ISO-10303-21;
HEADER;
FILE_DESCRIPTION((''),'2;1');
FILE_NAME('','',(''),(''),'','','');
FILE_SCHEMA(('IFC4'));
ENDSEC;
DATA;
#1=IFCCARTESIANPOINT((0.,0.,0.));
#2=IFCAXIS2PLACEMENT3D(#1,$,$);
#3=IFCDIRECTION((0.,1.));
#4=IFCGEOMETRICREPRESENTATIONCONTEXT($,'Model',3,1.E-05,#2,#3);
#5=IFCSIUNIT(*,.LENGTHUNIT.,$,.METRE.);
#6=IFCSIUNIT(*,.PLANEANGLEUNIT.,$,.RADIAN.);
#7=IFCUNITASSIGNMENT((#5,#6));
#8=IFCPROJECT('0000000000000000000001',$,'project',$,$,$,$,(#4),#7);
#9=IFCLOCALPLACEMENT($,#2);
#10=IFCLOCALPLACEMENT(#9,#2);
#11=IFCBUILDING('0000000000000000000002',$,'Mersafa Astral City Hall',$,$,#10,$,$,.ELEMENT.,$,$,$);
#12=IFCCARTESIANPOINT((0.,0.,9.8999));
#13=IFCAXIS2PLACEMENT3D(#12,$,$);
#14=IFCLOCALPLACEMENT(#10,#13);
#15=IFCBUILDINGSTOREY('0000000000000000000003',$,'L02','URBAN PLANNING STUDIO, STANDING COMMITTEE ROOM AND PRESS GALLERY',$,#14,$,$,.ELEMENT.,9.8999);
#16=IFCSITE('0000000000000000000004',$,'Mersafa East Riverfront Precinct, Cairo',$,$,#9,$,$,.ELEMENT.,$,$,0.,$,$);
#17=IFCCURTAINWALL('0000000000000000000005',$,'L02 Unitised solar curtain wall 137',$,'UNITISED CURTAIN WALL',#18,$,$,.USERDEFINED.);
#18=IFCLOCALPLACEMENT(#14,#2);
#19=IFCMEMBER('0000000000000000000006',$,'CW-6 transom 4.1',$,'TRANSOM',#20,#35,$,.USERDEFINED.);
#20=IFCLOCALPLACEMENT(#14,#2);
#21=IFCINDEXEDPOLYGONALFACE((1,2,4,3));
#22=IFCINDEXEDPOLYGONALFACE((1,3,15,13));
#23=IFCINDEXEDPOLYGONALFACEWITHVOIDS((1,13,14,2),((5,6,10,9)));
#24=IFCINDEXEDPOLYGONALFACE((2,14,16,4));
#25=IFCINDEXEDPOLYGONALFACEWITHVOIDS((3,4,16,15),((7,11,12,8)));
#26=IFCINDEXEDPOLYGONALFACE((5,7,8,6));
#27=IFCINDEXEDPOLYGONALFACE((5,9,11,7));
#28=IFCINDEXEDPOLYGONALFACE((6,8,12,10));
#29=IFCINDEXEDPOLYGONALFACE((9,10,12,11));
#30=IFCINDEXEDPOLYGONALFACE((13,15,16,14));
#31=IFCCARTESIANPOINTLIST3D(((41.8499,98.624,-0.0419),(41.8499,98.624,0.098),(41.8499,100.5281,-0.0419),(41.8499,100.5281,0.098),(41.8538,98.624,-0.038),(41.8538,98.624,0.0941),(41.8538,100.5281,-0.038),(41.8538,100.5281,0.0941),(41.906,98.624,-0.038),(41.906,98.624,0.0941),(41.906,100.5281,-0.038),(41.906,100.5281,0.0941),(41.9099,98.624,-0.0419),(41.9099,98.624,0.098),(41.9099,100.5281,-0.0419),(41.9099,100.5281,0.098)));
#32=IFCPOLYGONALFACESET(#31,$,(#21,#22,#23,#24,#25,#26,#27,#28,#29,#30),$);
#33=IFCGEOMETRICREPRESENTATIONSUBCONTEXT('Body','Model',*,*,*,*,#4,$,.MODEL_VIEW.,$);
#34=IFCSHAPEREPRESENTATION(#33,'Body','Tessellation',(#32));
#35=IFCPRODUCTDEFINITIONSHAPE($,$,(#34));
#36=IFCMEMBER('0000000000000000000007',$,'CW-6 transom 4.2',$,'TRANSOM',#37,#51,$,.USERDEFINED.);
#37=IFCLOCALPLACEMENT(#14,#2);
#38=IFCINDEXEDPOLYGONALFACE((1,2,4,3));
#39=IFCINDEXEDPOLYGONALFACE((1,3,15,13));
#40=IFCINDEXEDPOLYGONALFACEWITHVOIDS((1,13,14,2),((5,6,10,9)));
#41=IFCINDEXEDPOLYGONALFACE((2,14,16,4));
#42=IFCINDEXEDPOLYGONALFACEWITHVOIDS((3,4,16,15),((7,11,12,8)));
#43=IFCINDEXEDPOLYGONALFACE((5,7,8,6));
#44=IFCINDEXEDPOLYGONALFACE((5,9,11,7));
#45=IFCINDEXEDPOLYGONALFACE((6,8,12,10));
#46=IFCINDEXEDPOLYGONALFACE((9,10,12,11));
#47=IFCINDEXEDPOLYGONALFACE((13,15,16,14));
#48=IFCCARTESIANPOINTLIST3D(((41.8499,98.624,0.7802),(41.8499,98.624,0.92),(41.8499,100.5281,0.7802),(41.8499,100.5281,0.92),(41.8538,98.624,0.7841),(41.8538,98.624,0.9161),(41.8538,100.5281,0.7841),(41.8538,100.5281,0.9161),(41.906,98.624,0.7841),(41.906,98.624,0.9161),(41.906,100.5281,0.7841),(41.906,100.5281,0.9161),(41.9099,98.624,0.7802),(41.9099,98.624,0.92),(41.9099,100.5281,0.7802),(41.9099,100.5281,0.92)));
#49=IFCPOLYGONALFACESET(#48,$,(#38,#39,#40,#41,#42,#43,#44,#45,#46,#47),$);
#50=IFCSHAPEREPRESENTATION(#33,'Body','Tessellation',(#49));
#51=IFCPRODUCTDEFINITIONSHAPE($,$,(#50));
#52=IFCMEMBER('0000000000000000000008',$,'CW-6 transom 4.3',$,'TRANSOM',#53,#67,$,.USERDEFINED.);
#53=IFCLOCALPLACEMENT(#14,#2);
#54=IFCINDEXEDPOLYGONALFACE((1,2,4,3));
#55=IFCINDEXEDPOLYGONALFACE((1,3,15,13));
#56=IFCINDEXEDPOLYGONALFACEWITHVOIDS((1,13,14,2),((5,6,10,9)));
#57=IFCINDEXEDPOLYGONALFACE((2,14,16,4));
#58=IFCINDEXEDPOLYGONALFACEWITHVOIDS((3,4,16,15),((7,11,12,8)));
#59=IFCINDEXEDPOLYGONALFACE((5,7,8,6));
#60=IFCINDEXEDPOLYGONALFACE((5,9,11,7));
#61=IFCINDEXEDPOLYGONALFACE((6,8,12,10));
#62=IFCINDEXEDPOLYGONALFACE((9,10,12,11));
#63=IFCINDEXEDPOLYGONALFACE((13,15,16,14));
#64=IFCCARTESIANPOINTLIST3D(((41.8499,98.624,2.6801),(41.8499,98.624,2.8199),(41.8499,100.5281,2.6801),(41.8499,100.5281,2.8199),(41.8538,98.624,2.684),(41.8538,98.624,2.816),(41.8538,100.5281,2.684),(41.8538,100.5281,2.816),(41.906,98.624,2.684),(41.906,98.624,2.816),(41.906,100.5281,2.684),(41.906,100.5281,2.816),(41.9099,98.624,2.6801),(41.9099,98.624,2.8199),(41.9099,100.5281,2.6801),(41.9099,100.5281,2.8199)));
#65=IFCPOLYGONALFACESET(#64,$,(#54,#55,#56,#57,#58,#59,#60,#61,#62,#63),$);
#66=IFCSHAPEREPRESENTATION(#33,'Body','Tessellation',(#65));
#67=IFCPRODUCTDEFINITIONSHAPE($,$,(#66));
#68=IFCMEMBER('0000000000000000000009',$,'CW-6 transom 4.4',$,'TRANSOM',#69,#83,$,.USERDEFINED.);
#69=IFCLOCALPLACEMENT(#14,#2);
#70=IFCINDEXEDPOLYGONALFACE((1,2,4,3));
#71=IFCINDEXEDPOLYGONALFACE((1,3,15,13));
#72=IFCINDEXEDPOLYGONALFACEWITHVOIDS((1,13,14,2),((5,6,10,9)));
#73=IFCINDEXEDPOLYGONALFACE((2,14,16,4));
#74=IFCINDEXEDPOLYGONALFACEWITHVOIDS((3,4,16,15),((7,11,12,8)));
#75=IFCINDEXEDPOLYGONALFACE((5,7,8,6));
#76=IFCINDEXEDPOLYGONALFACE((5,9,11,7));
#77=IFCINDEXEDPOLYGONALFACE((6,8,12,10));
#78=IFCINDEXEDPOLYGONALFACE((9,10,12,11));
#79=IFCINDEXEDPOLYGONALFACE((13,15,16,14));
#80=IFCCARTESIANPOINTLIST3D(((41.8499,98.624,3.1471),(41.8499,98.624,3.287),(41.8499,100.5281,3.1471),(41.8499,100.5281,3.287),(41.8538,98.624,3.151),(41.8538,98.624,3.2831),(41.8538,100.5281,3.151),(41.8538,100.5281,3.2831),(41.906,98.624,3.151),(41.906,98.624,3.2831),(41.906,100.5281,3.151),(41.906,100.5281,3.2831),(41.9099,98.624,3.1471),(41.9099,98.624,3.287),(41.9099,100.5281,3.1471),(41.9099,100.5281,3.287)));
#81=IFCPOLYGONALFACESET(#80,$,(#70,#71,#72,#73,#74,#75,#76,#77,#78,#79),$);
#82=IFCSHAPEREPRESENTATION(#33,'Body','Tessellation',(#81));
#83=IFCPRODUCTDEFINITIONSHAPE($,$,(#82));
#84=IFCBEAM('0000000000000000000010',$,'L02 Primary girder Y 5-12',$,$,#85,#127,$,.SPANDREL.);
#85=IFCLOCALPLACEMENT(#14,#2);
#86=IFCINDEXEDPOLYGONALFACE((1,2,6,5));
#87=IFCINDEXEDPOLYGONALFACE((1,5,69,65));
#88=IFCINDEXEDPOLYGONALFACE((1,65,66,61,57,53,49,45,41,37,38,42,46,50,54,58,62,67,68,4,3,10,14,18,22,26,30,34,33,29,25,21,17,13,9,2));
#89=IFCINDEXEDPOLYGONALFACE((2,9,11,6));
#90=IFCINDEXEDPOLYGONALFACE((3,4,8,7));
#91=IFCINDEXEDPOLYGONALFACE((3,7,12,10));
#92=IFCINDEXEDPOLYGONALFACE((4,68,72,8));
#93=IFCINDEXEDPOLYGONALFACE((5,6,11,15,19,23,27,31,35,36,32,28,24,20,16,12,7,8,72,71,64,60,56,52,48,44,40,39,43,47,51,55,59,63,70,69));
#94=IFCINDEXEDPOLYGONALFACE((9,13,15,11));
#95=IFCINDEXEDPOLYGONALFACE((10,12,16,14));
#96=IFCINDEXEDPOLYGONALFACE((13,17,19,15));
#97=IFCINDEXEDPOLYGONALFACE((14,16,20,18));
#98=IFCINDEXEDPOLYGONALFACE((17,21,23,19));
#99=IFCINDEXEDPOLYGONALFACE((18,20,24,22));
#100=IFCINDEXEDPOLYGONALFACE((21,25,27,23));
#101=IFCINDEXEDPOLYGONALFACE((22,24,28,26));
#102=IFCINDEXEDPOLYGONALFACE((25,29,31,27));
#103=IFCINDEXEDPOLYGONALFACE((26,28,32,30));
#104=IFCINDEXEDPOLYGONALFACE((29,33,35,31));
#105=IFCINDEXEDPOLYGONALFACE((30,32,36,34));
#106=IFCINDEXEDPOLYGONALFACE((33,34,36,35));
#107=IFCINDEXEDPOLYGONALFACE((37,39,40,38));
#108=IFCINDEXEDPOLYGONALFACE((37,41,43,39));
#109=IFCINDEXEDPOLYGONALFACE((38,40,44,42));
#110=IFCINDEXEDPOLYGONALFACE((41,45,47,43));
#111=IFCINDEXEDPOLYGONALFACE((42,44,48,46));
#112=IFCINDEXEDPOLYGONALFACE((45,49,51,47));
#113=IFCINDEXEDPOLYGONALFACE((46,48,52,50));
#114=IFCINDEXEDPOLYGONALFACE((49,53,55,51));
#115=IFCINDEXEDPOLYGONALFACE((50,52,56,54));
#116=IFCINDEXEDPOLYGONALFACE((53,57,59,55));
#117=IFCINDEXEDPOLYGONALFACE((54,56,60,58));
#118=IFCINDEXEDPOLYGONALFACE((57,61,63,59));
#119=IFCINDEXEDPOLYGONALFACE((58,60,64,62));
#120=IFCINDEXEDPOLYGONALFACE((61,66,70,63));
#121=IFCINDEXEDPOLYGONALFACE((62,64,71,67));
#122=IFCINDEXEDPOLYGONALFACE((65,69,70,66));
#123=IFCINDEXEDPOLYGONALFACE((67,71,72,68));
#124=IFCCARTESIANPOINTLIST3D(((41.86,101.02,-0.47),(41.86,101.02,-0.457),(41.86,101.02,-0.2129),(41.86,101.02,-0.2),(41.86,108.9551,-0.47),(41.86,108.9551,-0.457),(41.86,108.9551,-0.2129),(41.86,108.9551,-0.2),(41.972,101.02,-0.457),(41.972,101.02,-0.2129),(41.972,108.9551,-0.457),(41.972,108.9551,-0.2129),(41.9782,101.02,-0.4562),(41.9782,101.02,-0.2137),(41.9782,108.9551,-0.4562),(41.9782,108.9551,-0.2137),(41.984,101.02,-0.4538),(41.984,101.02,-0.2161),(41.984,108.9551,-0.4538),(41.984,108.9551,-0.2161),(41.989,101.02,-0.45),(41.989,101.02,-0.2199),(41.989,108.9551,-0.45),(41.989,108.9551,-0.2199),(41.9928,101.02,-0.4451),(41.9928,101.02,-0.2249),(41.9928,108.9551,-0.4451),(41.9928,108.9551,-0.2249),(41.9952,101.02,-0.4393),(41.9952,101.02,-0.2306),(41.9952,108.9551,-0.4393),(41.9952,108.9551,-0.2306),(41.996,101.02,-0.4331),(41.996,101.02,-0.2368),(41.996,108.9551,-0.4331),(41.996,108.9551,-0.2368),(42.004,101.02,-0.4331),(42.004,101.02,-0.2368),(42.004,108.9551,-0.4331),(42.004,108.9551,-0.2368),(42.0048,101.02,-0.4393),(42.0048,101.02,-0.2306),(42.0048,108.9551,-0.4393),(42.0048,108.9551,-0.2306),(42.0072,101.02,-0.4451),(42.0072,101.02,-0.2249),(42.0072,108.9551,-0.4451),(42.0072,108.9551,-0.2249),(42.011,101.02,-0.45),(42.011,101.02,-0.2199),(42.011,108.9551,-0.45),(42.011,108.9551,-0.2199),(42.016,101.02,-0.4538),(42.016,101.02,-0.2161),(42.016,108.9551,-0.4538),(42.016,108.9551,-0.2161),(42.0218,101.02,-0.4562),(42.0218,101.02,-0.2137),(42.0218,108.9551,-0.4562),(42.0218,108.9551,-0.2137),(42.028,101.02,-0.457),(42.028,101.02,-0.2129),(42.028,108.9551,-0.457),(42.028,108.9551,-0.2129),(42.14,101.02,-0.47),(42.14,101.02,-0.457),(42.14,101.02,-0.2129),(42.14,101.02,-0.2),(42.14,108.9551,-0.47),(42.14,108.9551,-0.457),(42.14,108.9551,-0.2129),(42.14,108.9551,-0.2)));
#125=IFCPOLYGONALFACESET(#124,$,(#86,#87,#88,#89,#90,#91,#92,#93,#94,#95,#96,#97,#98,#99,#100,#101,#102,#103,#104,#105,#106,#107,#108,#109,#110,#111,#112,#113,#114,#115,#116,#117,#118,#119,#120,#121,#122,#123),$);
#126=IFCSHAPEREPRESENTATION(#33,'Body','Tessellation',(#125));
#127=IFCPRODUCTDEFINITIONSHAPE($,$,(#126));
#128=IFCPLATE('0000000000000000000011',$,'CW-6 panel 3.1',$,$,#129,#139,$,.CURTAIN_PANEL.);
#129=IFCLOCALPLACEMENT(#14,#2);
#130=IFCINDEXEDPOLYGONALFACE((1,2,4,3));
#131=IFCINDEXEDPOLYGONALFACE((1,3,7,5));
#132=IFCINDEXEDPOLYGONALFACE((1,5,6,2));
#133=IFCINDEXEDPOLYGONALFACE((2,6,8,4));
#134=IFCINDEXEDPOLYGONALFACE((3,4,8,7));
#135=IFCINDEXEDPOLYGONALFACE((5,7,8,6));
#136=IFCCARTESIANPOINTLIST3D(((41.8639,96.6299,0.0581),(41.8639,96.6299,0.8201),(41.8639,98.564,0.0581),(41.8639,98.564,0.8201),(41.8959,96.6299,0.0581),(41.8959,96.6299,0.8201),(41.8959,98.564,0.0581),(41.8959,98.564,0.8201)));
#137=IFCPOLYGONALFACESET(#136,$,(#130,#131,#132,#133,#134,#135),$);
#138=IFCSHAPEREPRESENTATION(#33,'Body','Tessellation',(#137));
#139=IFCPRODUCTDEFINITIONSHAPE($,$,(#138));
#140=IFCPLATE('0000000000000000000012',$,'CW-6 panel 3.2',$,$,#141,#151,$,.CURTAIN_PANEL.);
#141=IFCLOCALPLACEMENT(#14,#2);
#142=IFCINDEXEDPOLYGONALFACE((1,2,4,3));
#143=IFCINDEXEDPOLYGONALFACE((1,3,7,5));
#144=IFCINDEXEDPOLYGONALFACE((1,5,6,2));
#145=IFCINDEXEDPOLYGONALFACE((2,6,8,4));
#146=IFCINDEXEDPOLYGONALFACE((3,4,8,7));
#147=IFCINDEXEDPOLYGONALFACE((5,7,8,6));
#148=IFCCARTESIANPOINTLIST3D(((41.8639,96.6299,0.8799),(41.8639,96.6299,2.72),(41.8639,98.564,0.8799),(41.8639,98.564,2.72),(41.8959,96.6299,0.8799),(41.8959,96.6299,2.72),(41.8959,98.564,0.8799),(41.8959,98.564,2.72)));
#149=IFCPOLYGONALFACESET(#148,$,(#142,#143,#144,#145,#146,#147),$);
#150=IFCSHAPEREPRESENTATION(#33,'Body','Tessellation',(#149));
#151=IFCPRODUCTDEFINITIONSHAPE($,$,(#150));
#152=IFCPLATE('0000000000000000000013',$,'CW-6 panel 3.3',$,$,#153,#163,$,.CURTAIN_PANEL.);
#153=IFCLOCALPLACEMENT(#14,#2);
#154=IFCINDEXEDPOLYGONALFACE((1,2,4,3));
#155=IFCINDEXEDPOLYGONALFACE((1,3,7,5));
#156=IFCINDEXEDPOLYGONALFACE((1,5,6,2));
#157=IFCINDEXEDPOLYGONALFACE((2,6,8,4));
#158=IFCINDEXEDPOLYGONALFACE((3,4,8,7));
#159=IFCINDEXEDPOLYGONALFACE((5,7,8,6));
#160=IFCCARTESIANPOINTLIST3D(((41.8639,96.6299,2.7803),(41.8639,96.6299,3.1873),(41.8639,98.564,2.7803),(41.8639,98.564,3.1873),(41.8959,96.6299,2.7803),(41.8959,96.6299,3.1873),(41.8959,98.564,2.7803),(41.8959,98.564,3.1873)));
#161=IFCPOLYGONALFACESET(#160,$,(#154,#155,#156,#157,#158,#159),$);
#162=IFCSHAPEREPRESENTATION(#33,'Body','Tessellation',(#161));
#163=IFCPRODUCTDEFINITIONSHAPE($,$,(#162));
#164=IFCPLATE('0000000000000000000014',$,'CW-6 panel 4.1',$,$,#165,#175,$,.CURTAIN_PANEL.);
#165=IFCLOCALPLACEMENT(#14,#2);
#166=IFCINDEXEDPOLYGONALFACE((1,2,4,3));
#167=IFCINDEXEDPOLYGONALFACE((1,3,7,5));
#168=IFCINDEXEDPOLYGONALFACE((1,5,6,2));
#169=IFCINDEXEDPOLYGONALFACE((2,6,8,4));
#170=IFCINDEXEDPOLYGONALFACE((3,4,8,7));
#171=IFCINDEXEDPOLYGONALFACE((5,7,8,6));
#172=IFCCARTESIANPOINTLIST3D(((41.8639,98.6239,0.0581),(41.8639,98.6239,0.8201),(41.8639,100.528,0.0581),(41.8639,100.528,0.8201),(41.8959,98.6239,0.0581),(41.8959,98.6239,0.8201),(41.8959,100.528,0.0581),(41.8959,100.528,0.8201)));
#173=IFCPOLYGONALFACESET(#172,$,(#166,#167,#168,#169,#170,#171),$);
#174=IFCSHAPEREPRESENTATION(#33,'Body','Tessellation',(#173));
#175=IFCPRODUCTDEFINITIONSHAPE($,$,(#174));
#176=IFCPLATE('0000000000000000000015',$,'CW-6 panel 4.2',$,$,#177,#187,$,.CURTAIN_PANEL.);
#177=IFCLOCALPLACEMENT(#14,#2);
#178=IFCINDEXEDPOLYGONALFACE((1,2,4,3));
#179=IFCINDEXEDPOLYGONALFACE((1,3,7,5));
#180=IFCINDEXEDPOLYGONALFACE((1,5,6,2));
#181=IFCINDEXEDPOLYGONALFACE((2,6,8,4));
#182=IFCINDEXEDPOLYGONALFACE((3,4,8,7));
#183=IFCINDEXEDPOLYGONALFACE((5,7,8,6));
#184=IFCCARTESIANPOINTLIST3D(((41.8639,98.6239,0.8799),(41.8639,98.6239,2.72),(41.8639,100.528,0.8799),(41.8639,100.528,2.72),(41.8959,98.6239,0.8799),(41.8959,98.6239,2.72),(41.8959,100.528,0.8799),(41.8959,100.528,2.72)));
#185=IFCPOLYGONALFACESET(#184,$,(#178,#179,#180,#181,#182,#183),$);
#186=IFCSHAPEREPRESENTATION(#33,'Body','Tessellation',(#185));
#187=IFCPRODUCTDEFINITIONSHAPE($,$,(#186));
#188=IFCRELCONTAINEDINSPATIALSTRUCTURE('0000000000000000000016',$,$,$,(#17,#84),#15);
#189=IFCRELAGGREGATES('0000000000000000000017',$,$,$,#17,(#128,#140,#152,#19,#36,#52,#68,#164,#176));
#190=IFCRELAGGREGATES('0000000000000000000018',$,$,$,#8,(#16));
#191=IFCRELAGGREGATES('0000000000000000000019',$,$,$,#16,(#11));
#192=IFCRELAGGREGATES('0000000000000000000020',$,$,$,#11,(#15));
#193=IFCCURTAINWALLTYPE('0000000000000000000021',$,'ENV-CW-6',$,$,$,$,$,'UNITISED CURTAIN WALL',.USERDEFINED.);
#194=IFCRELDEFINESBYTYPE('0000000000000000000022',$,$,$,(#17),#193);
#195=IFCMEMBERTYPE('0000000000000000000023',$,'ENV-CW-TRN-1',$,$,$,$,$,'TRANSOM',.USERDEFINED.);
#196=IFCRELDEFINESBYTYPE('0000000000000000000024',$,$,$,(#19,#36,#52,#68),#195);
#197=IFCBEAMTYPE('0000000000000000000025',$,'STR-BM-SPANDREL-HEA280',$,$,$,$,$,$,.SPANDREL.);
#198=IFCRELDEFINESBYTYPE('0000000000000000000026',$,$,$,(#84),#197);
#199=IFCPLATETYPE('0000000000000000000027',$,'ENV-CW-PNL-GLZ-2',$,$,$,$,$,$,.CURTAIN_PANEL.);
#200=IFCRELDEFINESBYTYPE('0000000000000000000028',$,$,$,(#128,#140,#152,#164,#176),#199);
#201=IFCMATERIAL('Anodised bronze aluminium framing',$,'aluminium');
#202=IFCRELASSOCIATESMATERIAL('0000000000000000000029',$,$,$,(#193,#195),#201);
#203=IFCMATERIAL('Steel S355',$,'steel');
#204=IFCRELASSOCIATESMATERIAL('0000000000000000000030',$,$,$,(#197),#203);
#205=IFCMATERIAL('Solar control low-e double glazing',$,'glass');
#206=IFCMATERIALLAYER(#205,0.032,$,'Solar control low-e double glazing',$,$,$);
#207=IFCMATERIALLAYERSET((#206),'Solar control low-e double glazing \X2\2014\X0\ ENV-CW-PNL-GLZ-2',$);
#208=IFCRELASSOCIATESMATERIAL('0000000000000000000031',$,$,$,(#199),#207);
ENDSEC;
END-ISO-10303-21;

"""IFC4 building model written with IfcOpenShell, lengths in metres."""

from ifc_helpers import new_model, si_unit, direction, frame, origin, origin_2d, place, context, subcontext, project, spatial, rectangle, hollow_rectangle, i_section, extrude, material, layer, layer_set, material_profile, profile_set, type_object, element, aggregate, save


model = new_model("IFC4")

# Units and contexts
model_context = context("Model", 3, precision=1e-05, world=origin(), true_north=direction((0.0, 1.0)))
body_context = subcontext(model_context, "Body", "Model", "MODEL_VIEW")
ifc_project = project(units=[si_unit("LENGTHUNIT", "METRE"), si_unit("PLANEANGLEUNIT", "RADIAN")], contexts=[model_context])

# Site, building, storey
site_placement = place(None, origin())
site = spatial("IfcSite", under=ifc_project, at=site_placement, Name="Mersafa East Riverfront Precinct, Cairo", CompositionType="ELEMENT", RefElevation=0.0)
building_placement = place(site_placement, origin())
building = spatial("IfcBuilding", under=site, at=building_placement, Name="Mersafa Astral City Hall", CompositionType="ELEMENT")
storey_placement = place(building_placement, frame((0.0, 0.0, 9.8999)))
storey = spatial("IfcBuildingStorey", under=building, at=storey_placement, Name="L02", Description="URBAN PLANNING STUDIO, STANDING COMMITTEE ROOM AND PRESS GALLERY", CompositionType="ELEMENT", Elevation=9.8999)

# Shared definitions
ifc_material_1 = material(Name="Steel S355", Category="steel")

# Curtain wall, members
ifc_material_2 = material(Name="Anodised bronze aluminium framing", Category="aluminium")
curtain_wall_type = type_object("IfcCurtainWallType", Name="ENV-CW-6", ElementType="UNITISED CURTAIN WALL", PredefinedType="USERDEFINED", material=ifc_material_2)
curtain_wall_placement = place(storey_placement, origin())
curtain_wall = element("IfcCurtainWall", 1, at=curtain_wall_placement, inside=storey, type_object=curtain_wall_type, Name="L02 Unitised solar curtain wall 137", ObjectType="UNITISED CURTAIN WALL", PredefinedType="USERDEFINED")
ifc_material_profile_1 = material_profile(ifc_material_2, hollow_rectangle(XDim=0.0601, YDim=0.1399, WallThickness=0.0039, at=origin_2d()), Name="RHS 60x140x4")
ifc_profile_set_1 = profile_set([ifc_material_profile_1], Name="Anodised bronze aluminium framing")
member_type_1 = type_object("IfcMemberType", Name="ENV-CW-TRN-1", ElementType="TRANSOM", PredefinedType="USERDEFINED", material=ifc_profile_set_1)
member_1_placement = place(storey_placement, frame((41.8799, 98.624, 0.0281), z_axis=(0.0, 1.0, 0.0), x_axis=(-1.0, 0.0, 0.0)))
member_1 = element("IfcMember", 2, at=member_1_placement, type_object=member_type_1, Name="CW-6 transom 4.1", ObjectType="TRANSOM", PredefinedType="USERDEFINED", context=body_context, shape_type="SweptSolid", body=[
    extrude(hollow_rectangle(XDim=0.0601, YDim=0.1399, WallThickness=0.0039, at=origin_2d()), origin(), (0.0, 0.0, 1.0), 1.9041),
])
member_2_placement = place(storey_placement, frame((41.8799, 98.624, 0.8501), z_axis=(0.0, 1.0, 0.0), x_axis=(-1.0, 0.0, 0.0)))
member_2 = element("IfcMember", 3, at=member_2_placement, type_object=member_type_1, Name="CW-6 transom 4.2", ObjectType="TRANSOM", PredefinedType="USERDEFINED", context=body_context, shape_type="SweptSolid", body=[
    extrude(hollow_rectangle(XDim=0.0601, YDim=0.1399, WallThickness=0.0039, at=origin_2d()), origin(), (0.0, 0.0, 1.0), 1.9041),
])
member_3_placement = place(storey_placement, frame((41.8799, 98.624, 2.75), z_axis=(0.0, 1.0, 0.0), x_axis=(-1.0, 0.0, 0.0)))
member_3 = element("IfcMember", 4, at=member_3_placement, type_object=member_type_1, Name="CW-6 transom 4.3", ObjectType="TRANSOM", PredefinedType="USERDEFINED", context=body_context, shape_type="SweptSolid", body=[
    extrude(hollow_rectangle(XDim=0.0601, YDim=0.1399, WallThickness=0.0039, at=origin_2d()), origin(), (0.0, 0.0, 1.0), 1.9041),
])
member_4_placement = place(storey_placement, frame((41.8799, 98.624, 3.217), z_axis=(0.0, 1.0, 0.0), x_axis=(-1.0, 0.0, 0.0)))
member_4 = element("IfcMember", 5, at=member_4_placement, type_object=member_type_1, Name="CW-6 transom 4.4", ObjectType="TRANSOM", PredefinedType="USERDEFINED", context=body_context, shape_type="SweptSolid", body=[
    extrude(hollow_rectangle(XDim=0.0601, YDim=0.1399, WallThickness=0.0039, at=origin_2d()), origin(), (0.0, 0.0, 1.0), 1.9041),
])

# Beam
ifc_material_profile_2 = material_profile(ifc_material_1, i_section(OverallWidth=0.28, OverallDepth=0.27, WebThickness=0.0081, FlangeThickness=0.0129, FilletRadius=0.0239, at=origin_2d()), Name="HEA 280")
ifc_profile_set_2 = profile_set([ifc_material_profile_2], Name="Steel S355")
beam_type = type_object("IfcBeamType", Name="STR-BM-SPANDREL-HEA280", PredefinedType="SPANDREL", material=ifc_profile_set_2)
beam_placement = place(storey_placement, frame((42.0, 101.02, -0.335), z_axis=(0.0, 1.0, 0.0), x_axis=(-1.0, 0.0, 0.0)))
element("IfcBeam", 6, at=beam_placement, inside=storey, type_object=beam_type, Name="L02 Primary girder Y 5-12", PredefinedType="SPANDREL", context=body_context, shape_type="SweptSolid", body=[
    extrude(i_section(OverallWidth=0.28, OverallDepth=0.27, WebThickness=0.0081, FlangeThickness=0.0129, FilletRadius=0.0239, at=origin_2d()), origin(), (0.0, 0.0, 1.0), 7.9351),
])

# Plates
ifc_material_3 = material(Name="Solar control low-e double glazing", Category="glass")
ifc_layer_1 = layer(ifc_material_3, 0.032, Name="Solar control low-e double glazing")
ifc_layer_set_1 = layer_set([ifc_layer_1], Name="Solar control low-e double glazing — ENV-CW-PNL-GLZ-2")
plate_type = type_object("IfcPlateType", Name="ENV-CW-PNL-GLZ-2", PredefinedType="CURTAIN_PANEL", material=ifc_layer_set_1)
plate_1_placement = place(storey_placement, frame((41.8799, 97.5969, 0.0581), z_axis=(0.0, 0.0, 1.0), x_axis=(0.0, 1.0, 0.0)))
plate_1 = element("IfcPlate", 7, at=plate_1_placement, type_object=plate_type, Name="CW-6 panel 3.1", PredefinedType="CURTAIN_PANEL", context=body_context, shape_type="SweptSolid", body=[
    extrude(rectangle(XDim=1.9341, YDim=0.032, at=origin_2d()), origin(), (0.0, 0.0, 1.0), 0.762),
])
plate_2_placement = place(storey_placement, frame((41.8799, 97.5969, 0.8799), z_axis=(0.0, 0.0, 1.0), x_axis=(0.0, 1.0, 0.0)))
plate_2 = element("IfcPlate", 8, at=plate_2_placement, type_object=plate_type, Name="CW-6 panel 3.2", PredefinedType="CURTAIN_PANEL", context=body_context, shape_type="SweptSolid", body=[
    extrude(rectangle(XDim=1.9341, YDim=0.032, at=origin_2d()), origin(), (0.0, 0.0, 1.0), 1.8401),
])
plate_3_placement = place(storey_placement, frame((41.8799, 97.5969, 2.7803), z_axis=(0.0, 0.0, 1.0), x_axis=(0.0, 1.0, 0.0)))
plate_3 = element("IfcPlate", 9, at=plate_3_placement, type_object=plate_type, Name="CW-6 panel 3.3", PredefinedType="CURTAIN_PANEL", context=body_context, shape_type="SweptSolid", body=[
    extrude(rectangle(XDim=1.9341, YDim=0.032, at=origin_2d()), origin(), (0.0, 0.0, 1.0), 0.407),
])
plate_4_placement = place(storey_placement, frame((41.8799, 99.5759, 0.0581), z_axis=(0.0, 0.0, 1.0), x_axis=(0.0, 1.0, 0.0)))
plate_4 = element("IfcPlate", 10, at=plate_4_placement, type_object=plate_type, Name="CW-6 panel 4.1", PredefinedType="CURTAIN_PANEL", context=body_context, shape_type="SweptSolid", body=[
    extrude(rectangle(XDim=1.9041, YDim=0.032, at=origin_2d()), origin(), (0.0, 0.0, 1.0), 0.762),
])
plate_5_placement = place(storey_placement, frame((41.8799, 99.5759, 0.8799), z_axis=(0.0, 0.0, 1.0), x_axis=(0.0, 1.0, 0.0)))
plate_5 = element("IfcPlate", 11, at=plate_5_placement, type_object=plate_type, Name="CW-6 panel 4.2", PredefinedType="CURTAIN_PANEL", context=body_context, shape_type="SweptSolid", body=[
    extrude(rectangle(XDim=1.9041, YDim=0.032, at=origin_2d()), origin(), (0.0, 0.0, 1.0), 1.8401),
])
aggregate(curtain_wall, [plate_1, plate_2, plate_3, member_1, member_2, member_3, member_4, plate_4, plate_5])

save(model, "model.ifc")
